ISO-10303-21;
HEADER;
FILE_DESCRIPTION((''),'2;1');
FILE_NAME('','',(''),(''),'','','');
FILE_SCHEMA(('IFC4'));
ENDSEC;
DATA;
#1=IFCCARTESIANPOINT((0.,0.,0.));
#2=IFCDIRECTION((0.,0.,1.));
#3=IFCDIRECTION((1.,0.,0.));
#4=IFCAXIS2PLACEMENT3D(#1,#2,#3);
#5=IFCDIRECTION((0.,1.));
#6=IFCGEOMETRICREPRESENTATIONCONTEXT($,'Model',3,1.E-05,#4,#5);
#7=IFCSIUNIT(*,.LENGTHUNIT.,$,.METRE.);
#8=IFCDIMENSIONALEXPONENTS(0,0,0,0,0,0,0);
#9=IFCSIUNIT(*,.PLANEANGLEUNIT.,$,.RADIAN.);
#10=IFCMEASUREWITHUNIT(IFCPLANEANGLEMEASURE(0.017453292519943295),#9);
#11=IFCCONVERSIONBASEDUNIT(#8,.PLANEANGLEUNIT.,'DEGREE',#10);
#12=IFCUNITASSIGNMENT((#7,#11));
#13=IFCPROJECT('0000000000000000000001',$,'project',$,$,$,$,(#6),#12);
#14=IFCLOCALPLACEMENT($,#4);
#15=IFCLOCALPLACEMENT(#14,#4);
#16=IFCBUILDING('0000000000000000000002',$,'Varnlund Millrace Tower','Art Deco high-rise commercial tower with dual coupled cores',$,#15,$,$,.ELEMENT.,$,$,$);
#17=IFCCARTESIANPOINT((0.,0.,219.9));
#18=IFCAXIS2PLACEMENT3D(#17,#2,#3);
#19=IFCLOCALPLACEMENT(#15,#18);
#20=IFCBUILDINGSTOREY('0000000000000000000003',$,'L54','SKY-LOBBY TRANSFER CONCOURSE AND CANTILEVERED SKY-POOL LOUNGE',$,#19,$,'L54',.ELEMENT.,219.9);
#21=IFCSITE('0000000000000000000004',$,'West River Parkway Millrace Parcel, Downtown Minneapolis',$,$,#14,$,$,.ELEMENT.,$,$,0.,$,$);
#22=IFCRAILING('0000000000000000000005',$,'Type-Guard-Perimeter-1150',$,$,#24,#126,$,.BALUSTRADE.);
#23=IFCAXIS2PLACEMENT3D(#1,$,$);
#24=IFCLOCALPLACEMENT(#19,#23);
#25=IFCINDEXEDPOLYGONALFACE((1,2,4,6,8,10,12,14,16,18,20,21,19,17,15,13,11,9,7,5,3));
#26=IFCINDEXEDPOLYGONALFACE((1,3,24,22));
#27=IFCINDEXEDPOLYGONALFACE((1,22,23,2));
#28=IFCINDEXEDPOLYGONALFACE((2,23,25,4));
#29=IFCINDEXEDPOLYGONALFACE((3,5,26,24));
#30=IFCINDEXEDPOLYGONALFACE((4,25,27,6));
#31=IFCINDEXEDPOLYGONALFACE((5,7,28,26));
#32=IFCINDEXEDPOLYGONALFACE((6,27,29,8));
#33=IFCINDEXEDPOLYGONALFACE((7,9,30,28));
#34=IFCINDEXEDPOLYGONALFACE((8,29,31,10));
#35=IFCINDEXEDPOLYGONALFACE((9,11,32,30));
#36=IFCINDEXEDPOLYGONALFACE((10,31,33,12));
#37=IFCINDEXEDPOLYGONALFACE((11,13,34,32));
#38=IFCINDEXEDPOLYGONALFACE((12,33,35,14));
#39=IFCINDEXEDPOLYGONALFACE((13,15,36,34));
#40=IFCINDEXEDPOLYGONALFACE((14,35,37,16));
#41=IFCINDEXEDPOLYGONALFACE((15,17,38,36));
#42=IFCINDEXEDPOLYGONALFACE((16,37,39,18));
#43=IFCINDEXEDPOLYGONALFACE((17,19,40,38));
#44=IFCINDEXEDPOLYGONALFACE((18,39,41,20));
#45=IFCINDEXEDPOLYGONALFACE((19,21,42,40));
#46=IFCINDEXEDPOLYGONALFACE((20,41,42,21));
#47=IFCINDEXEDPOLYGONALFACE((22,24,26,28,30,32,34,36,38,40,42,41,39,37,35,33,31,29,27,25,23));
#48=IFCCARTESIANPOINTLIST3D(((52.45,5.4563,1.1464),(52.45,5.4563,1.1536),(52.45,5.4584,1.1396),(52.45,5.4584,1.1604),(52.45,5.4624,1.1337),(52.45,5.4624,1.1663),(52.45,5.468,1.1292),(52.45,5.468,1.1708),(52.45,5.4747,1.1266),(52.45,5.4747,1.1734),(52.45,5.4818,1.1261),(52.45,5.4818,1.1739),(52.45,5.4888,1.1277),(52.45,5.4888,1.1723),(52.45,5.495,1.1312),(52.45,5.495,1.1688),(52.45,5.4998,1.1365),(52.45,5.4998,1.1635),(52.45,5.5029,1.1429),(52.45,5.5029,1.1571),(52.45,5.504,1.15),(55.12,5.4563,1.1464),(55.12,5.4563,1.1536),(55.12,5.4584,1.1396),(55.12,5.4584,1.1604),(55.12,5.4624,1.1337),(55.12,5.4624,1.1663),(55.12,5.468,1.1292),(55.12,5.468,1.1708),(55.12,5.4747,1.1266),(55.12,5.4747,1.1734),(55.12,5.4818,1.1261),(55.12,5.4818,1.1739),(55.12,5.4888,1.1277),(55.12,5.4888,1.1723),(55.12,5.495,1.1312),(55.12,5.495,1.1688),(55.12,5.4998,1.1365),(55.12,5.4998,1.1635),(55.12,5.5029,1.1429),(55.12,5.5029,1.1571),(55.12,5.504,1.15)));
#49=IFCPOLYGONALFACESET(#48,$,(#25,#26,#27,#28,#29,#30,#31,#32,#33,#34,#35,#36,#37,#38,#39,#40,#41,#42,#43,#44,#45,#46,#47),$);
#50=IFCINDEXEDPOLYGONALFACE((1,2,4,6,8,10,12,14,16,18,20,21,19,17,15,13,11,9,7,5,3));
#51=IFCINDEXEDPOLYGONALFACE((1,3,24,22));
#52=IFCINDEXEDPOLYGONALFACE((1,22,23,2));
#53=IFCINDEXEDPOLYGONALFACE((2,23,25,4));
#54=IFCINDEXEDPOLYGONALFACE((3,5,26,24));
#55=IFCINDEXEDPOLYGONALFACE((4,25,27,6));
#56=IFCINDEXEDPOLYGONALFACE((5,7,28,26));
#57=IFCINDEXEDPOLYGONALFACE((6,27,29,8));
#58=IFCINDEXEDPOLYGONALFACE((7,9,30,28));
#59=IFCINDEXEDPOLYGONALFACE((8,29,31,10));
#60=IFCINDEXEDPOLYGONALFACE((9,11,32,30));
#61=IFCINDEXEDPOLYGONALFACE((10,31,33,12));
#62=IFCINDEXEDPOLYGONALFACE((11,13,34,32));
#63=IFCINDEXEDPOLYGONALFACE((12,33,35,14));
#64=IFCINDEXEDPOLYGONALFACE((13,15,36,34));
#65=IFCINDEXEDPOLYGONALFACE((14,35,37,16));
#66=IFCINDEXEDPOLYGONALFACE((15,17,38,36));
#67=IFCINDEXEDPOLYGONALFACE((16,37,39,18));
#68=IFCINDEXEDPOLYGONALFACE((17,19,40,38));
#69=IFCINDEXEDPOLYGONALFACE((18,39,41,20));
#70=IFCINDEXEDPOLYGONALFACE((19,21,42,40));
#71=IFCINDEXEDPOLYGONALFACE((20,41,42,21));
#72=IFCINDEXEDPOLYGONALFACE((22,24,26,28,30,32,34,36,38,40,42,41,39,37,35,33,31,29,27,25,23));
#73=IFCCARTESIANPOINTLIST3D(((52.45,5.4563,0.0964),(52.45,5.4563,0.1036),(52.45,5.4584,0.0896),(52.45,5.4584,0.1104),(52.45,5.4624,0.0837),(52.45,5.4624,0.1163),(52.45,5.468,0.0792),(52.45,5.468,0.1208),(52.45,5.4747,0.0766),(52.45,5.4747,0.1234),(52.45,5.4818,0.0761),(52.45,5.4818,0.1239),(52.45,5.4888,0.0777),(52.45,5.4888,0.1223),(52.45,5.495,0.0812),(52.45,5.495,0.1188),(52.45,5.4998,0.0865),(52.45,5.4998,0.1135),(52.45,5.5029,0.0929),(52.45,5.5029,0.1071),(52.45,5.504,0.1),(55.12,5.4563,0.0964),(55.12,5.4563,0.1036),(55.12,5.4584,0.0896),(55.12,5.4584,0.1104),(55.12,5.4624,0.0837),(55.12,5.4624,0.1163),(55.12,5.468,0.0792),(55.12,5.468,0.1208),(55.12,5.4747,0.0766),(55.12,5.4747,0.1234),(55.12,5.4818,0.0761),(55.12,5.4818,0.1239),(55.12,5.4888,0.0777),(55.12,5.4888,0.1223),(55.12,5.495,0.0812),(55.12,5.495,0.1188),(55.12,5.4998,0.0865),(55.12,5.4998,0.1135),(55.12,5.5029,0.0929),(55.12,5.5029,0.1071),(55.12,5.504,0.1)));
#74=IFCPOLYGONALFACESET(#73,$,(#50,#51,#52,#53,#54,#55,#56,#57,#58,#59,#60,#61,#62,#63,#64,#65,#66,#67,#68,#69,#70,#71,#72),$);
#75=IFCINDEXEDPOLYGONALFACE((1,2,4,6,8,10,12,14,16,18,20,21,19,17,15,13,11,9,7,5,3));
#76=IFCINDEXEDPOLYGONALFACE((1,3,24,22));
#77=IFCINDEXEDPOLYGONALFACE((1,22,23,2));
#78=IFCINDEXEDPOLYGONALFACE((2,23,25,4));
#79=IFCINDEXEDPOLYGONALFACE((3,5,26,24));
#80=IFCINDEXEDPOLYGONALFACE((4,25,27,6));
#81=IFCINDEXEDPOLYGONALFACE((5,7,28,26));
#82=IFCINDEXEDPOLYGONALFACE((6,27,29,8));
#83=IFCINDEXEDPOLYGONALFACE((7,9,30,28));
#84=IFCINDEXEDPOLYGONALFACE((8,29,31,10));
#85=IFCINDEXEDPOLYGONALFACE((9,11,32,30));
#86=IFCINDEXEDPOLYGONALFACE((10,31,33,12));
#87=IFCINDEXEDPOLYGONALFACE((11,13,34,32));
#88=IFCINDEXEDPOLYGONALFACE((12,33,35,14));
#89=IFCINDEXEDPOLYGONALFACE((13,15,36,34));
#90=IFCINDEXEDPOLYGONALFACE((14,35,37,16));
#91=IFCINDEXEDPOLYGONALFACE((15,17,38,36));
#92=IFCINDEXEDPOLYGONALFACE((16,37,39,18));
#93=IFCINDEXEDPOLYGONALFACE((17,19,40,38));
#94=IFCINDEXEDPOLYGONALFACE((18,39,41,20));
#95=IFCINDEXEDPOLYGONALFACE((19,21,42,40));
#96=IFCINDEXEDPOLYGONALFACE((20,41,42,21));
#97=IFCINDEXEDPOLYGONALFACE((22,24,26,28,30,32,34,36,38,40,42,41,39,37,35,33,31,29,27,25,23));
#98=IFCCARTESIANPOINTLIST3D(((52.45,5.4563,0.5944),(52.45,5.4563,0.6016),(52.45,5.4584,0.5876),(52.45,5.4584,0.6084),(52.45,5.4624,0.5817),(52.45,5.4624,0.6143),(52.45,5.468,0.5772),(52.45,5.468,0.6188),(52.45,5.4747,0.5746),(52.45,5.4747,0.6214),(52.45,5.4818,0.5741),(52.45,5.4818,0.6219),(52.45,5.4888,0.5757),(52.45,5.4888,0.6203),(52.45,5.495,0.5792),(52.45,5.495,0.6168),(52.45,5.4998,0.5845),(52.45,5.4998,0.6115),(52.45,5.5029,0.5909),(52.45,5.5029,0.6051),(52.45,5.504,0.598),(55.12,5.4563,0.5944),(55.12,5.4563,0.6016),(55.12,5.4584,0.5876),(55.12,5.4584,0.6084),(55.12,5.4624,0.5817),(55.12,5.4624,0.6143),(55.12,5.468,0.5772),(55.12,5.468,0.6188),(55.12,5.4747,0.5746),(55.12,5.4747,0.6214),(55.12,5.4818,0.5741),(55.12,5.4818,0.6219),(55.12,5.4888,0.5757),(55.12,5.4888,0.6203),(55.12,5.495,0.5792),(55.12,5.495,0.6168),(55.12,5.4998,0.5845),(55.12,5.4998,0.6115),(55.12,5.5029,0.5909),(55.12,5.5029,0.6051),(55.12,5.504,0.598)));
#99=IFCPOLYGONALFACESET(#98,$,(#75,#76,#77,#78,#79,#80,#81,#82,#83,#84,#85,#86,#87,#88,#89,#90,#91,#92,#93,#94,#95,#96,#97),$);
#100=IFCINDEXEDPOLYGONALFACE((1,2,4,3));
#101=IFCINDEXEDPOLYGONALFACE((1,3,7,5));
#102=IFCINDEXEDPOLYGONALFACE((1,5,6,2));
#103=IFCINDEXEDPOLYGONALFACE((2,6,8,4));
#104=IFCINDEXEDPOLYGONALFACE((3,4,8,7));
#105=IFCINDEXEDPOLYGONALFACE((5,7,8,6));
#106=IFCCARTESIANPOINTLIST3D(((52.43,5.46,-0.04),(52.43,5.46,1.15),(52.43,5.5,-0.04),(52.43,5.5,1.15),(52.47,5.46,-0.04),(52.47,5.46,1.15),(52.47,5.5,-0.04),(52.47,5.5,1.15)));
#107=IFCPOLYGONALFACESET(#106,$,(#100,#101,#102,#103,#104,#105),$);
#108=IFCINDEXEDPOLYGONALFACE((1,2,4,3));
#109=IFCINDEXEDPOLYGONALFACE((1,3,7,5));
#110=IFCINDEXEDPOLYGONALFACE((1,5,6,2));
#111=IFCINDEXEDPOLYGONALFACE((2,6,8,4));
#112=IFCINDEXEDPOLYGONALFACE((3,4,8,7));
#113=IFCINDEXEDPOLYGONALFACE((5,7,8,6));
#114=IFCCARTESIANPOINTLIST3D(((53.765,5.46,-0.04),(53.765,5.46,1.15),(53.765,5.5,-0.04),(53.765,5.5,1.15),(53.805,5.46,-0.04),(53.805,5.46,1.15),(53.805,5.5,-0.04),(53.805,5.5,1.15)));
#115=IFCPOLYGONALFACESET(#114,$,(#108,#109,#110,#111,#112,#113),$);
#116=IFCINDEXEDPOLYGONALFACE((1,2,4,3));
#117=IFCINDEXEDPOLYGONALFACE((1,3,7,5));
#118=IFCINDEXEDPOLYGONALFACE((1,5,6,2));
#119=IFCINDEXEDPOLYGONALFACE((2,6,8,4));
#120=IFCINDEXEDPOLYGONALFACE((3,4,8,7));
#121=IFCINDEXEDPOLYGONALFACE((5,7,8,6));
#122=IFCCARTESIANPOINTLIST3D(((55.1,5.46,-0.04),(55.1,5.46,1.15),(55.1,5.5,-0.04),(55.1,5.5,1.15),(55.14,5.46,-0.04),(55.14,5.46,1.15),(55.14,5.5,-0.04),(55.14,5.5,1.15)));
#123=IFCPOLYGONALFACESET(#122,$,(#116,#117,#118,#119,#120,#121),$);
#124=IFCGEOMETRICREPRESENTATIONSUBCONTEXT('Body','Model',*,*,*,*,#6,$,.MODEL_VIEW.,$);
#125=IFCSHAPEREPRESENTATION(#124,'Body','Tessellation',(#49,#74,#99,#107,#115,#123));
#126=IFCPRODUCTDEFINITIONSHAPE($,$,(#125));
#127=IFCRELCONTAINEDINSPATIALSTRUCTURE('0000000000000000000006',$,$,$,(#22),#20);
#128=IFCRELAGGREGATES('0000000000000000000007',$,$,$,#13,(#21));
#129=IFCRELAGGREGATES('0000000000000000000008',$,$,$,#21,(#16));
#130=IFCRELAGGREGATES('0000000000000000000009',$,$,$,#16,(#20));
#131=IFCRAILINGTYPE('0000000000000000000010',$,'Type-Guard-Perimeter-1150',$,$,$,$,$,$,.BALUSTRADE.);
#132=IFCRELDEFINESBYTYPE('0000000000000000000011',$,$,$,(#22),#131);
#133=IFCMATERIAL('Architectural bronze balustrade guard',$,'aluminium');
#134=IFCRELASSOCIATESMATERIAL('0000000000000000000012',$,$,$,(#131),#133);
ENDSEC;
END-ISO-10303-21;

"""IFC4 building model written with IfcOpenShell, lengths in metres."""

from ifc_helpers import new_model, entity, si_unit, converted_unit, direction, frame, origin_with_axes, origin_2d_with_axis, place, context, subcontext, project, spatial, rectangle, circle, extrude, material, type_object, element, save


model = new_model("IFC4")

# Units and contexts
model_context = context("Model", 3, precision=1e-05, world=origin_with_axes(), true_north=direction((0.0, 1.0)))
body_context = subcontext(model_context, "Body", "Model", "MODEL_VIEW")
ifc_project = project(units=[si_unit("LENGTHUNIT", "METRE"), converted_unit("PLANEANGLEUNIT", "DEGREE", entity("IfcPlaneAngleMeasure", 0.017453292519943295), si_unit("PLANEANGLEUNIT", "RADIAN"), dimensions=[0, 0, 0, 0, 0, 0, 0])], contexts=[model_context])

# Site, building, storey
site_placement = place(None, origin_with_axes())
site = spatial("IfcSite", under=ifc_project, at=site_placement, Name="West River Parkway Millrace Parcel, Downtown Minneapolis", CompositionType="ELEMENT", RefElevation=0.0)
building_placement = place(site_placement, origin_with_axes())
building = spatial("IfcBuilding", under=site, at=building_placement, Name="Varnlund Millrace Tower", Description="Art Deco high-rise commercial tower with dual coupled cores", CompositionType="ELEMENT")
storey_placement = place(building_placement, frame((0.0, 0.0, 219.9), z_axis=(0.0, 0.0, 1.0), x_axis=(1.0, 0.0, 0.0)))
storey = spatial("IfcBuildingStorey", under=building, at=storey_placement, Name="L54", Description="SKY-LOBBY TRANSFER CONCOURSE AND CANTILEVERED SKY-POOL LOUNGE", LongName="L54", CompositionType="ELEMENT", Elevation=219.9)

# Railing
ifc_material_1 = material(Name="Architectural bronze balustrade guard", Category="aluminium")
railing_type_1 = type_object("IfcRailingType", Name="Type-Guard-Perimeter-1150", PredefinedType="BALUSTRADE", material=ifc_material_1)
railing_1_placement = place(storey_placement, frame((0.0, 0.0, -219.9), z_axis=(0.0, 0.0, 1.0), x_axis=(1.0, 0.0, 0.0)))
element("IfcRailing", 1, at=railing_1_placement, inside=storey, type_object=railing_type_1, Name="Type-Guard-Perimeter-1150", PredefinedType="BALUSTRADE", context=body_context, shape_type="SweptSolid", body=[
    extrude(circle(Radius=0.024, at=origin_2d_with_axis()), frame((52.45, 5.48, 221.05), z_axis=(1.0, 0.0, 0.0), x_axis=(0.0, 1.0, 0.0)), (0.0, 0.0, 1.0), 2.67),
    extrude(circle(Radius=0.024, at=origin_2d_with_axis()), frame((52.45, 5.48, 220.0), z_axis=(1.0, 0.0, 0.0), x_axis=(0.0, 1.0, 0.0)), (0.0, 0.0, 1.0), 2.67),
    extrude(circle(Radius=0.024, at=origin_2d_with_axis()), frame((52.45, 5.48, 220.498), z_axis=(1.0, 0.0, 0.0), x_axis=(0.0, 1.0, 0.0)), (0.0, 0.0, 1.0), 2.67),
    extrude(rectangle(XDim=0.04, YDim=0.04, at=origin_2d_with_axis()), frame((52.45, 5.48, 219.86), z_axis=(0.0, 0.0, 1.0), x_axis=(1.0, 0.0, 0.0)), (0.0, 0.0, 1.0), 1.19),
    extrude(rectangle(XDim=0.04, YDim=0.04, at=origin_2d_with_axis()), frame((53.785, 5.48, 219.86), z_axis=(0.0, 0.0, 1.0), x_axis=(1.0, 0.0, 0.0)), (0.0, 0.0, 1.0), 1.19),
    extrude(rectangle(XDim=0.04, YDim=0.04, at=origin_2d_with_axis()), frame((55.12, 5.48, 219.86), z_axis=(0.0, 0.0, 1.0), x_axis=(1.0, 0.0, 0.0)), (0.0, 0.0, 1.0), 1.19),
])

save(model, "model.ifc")
